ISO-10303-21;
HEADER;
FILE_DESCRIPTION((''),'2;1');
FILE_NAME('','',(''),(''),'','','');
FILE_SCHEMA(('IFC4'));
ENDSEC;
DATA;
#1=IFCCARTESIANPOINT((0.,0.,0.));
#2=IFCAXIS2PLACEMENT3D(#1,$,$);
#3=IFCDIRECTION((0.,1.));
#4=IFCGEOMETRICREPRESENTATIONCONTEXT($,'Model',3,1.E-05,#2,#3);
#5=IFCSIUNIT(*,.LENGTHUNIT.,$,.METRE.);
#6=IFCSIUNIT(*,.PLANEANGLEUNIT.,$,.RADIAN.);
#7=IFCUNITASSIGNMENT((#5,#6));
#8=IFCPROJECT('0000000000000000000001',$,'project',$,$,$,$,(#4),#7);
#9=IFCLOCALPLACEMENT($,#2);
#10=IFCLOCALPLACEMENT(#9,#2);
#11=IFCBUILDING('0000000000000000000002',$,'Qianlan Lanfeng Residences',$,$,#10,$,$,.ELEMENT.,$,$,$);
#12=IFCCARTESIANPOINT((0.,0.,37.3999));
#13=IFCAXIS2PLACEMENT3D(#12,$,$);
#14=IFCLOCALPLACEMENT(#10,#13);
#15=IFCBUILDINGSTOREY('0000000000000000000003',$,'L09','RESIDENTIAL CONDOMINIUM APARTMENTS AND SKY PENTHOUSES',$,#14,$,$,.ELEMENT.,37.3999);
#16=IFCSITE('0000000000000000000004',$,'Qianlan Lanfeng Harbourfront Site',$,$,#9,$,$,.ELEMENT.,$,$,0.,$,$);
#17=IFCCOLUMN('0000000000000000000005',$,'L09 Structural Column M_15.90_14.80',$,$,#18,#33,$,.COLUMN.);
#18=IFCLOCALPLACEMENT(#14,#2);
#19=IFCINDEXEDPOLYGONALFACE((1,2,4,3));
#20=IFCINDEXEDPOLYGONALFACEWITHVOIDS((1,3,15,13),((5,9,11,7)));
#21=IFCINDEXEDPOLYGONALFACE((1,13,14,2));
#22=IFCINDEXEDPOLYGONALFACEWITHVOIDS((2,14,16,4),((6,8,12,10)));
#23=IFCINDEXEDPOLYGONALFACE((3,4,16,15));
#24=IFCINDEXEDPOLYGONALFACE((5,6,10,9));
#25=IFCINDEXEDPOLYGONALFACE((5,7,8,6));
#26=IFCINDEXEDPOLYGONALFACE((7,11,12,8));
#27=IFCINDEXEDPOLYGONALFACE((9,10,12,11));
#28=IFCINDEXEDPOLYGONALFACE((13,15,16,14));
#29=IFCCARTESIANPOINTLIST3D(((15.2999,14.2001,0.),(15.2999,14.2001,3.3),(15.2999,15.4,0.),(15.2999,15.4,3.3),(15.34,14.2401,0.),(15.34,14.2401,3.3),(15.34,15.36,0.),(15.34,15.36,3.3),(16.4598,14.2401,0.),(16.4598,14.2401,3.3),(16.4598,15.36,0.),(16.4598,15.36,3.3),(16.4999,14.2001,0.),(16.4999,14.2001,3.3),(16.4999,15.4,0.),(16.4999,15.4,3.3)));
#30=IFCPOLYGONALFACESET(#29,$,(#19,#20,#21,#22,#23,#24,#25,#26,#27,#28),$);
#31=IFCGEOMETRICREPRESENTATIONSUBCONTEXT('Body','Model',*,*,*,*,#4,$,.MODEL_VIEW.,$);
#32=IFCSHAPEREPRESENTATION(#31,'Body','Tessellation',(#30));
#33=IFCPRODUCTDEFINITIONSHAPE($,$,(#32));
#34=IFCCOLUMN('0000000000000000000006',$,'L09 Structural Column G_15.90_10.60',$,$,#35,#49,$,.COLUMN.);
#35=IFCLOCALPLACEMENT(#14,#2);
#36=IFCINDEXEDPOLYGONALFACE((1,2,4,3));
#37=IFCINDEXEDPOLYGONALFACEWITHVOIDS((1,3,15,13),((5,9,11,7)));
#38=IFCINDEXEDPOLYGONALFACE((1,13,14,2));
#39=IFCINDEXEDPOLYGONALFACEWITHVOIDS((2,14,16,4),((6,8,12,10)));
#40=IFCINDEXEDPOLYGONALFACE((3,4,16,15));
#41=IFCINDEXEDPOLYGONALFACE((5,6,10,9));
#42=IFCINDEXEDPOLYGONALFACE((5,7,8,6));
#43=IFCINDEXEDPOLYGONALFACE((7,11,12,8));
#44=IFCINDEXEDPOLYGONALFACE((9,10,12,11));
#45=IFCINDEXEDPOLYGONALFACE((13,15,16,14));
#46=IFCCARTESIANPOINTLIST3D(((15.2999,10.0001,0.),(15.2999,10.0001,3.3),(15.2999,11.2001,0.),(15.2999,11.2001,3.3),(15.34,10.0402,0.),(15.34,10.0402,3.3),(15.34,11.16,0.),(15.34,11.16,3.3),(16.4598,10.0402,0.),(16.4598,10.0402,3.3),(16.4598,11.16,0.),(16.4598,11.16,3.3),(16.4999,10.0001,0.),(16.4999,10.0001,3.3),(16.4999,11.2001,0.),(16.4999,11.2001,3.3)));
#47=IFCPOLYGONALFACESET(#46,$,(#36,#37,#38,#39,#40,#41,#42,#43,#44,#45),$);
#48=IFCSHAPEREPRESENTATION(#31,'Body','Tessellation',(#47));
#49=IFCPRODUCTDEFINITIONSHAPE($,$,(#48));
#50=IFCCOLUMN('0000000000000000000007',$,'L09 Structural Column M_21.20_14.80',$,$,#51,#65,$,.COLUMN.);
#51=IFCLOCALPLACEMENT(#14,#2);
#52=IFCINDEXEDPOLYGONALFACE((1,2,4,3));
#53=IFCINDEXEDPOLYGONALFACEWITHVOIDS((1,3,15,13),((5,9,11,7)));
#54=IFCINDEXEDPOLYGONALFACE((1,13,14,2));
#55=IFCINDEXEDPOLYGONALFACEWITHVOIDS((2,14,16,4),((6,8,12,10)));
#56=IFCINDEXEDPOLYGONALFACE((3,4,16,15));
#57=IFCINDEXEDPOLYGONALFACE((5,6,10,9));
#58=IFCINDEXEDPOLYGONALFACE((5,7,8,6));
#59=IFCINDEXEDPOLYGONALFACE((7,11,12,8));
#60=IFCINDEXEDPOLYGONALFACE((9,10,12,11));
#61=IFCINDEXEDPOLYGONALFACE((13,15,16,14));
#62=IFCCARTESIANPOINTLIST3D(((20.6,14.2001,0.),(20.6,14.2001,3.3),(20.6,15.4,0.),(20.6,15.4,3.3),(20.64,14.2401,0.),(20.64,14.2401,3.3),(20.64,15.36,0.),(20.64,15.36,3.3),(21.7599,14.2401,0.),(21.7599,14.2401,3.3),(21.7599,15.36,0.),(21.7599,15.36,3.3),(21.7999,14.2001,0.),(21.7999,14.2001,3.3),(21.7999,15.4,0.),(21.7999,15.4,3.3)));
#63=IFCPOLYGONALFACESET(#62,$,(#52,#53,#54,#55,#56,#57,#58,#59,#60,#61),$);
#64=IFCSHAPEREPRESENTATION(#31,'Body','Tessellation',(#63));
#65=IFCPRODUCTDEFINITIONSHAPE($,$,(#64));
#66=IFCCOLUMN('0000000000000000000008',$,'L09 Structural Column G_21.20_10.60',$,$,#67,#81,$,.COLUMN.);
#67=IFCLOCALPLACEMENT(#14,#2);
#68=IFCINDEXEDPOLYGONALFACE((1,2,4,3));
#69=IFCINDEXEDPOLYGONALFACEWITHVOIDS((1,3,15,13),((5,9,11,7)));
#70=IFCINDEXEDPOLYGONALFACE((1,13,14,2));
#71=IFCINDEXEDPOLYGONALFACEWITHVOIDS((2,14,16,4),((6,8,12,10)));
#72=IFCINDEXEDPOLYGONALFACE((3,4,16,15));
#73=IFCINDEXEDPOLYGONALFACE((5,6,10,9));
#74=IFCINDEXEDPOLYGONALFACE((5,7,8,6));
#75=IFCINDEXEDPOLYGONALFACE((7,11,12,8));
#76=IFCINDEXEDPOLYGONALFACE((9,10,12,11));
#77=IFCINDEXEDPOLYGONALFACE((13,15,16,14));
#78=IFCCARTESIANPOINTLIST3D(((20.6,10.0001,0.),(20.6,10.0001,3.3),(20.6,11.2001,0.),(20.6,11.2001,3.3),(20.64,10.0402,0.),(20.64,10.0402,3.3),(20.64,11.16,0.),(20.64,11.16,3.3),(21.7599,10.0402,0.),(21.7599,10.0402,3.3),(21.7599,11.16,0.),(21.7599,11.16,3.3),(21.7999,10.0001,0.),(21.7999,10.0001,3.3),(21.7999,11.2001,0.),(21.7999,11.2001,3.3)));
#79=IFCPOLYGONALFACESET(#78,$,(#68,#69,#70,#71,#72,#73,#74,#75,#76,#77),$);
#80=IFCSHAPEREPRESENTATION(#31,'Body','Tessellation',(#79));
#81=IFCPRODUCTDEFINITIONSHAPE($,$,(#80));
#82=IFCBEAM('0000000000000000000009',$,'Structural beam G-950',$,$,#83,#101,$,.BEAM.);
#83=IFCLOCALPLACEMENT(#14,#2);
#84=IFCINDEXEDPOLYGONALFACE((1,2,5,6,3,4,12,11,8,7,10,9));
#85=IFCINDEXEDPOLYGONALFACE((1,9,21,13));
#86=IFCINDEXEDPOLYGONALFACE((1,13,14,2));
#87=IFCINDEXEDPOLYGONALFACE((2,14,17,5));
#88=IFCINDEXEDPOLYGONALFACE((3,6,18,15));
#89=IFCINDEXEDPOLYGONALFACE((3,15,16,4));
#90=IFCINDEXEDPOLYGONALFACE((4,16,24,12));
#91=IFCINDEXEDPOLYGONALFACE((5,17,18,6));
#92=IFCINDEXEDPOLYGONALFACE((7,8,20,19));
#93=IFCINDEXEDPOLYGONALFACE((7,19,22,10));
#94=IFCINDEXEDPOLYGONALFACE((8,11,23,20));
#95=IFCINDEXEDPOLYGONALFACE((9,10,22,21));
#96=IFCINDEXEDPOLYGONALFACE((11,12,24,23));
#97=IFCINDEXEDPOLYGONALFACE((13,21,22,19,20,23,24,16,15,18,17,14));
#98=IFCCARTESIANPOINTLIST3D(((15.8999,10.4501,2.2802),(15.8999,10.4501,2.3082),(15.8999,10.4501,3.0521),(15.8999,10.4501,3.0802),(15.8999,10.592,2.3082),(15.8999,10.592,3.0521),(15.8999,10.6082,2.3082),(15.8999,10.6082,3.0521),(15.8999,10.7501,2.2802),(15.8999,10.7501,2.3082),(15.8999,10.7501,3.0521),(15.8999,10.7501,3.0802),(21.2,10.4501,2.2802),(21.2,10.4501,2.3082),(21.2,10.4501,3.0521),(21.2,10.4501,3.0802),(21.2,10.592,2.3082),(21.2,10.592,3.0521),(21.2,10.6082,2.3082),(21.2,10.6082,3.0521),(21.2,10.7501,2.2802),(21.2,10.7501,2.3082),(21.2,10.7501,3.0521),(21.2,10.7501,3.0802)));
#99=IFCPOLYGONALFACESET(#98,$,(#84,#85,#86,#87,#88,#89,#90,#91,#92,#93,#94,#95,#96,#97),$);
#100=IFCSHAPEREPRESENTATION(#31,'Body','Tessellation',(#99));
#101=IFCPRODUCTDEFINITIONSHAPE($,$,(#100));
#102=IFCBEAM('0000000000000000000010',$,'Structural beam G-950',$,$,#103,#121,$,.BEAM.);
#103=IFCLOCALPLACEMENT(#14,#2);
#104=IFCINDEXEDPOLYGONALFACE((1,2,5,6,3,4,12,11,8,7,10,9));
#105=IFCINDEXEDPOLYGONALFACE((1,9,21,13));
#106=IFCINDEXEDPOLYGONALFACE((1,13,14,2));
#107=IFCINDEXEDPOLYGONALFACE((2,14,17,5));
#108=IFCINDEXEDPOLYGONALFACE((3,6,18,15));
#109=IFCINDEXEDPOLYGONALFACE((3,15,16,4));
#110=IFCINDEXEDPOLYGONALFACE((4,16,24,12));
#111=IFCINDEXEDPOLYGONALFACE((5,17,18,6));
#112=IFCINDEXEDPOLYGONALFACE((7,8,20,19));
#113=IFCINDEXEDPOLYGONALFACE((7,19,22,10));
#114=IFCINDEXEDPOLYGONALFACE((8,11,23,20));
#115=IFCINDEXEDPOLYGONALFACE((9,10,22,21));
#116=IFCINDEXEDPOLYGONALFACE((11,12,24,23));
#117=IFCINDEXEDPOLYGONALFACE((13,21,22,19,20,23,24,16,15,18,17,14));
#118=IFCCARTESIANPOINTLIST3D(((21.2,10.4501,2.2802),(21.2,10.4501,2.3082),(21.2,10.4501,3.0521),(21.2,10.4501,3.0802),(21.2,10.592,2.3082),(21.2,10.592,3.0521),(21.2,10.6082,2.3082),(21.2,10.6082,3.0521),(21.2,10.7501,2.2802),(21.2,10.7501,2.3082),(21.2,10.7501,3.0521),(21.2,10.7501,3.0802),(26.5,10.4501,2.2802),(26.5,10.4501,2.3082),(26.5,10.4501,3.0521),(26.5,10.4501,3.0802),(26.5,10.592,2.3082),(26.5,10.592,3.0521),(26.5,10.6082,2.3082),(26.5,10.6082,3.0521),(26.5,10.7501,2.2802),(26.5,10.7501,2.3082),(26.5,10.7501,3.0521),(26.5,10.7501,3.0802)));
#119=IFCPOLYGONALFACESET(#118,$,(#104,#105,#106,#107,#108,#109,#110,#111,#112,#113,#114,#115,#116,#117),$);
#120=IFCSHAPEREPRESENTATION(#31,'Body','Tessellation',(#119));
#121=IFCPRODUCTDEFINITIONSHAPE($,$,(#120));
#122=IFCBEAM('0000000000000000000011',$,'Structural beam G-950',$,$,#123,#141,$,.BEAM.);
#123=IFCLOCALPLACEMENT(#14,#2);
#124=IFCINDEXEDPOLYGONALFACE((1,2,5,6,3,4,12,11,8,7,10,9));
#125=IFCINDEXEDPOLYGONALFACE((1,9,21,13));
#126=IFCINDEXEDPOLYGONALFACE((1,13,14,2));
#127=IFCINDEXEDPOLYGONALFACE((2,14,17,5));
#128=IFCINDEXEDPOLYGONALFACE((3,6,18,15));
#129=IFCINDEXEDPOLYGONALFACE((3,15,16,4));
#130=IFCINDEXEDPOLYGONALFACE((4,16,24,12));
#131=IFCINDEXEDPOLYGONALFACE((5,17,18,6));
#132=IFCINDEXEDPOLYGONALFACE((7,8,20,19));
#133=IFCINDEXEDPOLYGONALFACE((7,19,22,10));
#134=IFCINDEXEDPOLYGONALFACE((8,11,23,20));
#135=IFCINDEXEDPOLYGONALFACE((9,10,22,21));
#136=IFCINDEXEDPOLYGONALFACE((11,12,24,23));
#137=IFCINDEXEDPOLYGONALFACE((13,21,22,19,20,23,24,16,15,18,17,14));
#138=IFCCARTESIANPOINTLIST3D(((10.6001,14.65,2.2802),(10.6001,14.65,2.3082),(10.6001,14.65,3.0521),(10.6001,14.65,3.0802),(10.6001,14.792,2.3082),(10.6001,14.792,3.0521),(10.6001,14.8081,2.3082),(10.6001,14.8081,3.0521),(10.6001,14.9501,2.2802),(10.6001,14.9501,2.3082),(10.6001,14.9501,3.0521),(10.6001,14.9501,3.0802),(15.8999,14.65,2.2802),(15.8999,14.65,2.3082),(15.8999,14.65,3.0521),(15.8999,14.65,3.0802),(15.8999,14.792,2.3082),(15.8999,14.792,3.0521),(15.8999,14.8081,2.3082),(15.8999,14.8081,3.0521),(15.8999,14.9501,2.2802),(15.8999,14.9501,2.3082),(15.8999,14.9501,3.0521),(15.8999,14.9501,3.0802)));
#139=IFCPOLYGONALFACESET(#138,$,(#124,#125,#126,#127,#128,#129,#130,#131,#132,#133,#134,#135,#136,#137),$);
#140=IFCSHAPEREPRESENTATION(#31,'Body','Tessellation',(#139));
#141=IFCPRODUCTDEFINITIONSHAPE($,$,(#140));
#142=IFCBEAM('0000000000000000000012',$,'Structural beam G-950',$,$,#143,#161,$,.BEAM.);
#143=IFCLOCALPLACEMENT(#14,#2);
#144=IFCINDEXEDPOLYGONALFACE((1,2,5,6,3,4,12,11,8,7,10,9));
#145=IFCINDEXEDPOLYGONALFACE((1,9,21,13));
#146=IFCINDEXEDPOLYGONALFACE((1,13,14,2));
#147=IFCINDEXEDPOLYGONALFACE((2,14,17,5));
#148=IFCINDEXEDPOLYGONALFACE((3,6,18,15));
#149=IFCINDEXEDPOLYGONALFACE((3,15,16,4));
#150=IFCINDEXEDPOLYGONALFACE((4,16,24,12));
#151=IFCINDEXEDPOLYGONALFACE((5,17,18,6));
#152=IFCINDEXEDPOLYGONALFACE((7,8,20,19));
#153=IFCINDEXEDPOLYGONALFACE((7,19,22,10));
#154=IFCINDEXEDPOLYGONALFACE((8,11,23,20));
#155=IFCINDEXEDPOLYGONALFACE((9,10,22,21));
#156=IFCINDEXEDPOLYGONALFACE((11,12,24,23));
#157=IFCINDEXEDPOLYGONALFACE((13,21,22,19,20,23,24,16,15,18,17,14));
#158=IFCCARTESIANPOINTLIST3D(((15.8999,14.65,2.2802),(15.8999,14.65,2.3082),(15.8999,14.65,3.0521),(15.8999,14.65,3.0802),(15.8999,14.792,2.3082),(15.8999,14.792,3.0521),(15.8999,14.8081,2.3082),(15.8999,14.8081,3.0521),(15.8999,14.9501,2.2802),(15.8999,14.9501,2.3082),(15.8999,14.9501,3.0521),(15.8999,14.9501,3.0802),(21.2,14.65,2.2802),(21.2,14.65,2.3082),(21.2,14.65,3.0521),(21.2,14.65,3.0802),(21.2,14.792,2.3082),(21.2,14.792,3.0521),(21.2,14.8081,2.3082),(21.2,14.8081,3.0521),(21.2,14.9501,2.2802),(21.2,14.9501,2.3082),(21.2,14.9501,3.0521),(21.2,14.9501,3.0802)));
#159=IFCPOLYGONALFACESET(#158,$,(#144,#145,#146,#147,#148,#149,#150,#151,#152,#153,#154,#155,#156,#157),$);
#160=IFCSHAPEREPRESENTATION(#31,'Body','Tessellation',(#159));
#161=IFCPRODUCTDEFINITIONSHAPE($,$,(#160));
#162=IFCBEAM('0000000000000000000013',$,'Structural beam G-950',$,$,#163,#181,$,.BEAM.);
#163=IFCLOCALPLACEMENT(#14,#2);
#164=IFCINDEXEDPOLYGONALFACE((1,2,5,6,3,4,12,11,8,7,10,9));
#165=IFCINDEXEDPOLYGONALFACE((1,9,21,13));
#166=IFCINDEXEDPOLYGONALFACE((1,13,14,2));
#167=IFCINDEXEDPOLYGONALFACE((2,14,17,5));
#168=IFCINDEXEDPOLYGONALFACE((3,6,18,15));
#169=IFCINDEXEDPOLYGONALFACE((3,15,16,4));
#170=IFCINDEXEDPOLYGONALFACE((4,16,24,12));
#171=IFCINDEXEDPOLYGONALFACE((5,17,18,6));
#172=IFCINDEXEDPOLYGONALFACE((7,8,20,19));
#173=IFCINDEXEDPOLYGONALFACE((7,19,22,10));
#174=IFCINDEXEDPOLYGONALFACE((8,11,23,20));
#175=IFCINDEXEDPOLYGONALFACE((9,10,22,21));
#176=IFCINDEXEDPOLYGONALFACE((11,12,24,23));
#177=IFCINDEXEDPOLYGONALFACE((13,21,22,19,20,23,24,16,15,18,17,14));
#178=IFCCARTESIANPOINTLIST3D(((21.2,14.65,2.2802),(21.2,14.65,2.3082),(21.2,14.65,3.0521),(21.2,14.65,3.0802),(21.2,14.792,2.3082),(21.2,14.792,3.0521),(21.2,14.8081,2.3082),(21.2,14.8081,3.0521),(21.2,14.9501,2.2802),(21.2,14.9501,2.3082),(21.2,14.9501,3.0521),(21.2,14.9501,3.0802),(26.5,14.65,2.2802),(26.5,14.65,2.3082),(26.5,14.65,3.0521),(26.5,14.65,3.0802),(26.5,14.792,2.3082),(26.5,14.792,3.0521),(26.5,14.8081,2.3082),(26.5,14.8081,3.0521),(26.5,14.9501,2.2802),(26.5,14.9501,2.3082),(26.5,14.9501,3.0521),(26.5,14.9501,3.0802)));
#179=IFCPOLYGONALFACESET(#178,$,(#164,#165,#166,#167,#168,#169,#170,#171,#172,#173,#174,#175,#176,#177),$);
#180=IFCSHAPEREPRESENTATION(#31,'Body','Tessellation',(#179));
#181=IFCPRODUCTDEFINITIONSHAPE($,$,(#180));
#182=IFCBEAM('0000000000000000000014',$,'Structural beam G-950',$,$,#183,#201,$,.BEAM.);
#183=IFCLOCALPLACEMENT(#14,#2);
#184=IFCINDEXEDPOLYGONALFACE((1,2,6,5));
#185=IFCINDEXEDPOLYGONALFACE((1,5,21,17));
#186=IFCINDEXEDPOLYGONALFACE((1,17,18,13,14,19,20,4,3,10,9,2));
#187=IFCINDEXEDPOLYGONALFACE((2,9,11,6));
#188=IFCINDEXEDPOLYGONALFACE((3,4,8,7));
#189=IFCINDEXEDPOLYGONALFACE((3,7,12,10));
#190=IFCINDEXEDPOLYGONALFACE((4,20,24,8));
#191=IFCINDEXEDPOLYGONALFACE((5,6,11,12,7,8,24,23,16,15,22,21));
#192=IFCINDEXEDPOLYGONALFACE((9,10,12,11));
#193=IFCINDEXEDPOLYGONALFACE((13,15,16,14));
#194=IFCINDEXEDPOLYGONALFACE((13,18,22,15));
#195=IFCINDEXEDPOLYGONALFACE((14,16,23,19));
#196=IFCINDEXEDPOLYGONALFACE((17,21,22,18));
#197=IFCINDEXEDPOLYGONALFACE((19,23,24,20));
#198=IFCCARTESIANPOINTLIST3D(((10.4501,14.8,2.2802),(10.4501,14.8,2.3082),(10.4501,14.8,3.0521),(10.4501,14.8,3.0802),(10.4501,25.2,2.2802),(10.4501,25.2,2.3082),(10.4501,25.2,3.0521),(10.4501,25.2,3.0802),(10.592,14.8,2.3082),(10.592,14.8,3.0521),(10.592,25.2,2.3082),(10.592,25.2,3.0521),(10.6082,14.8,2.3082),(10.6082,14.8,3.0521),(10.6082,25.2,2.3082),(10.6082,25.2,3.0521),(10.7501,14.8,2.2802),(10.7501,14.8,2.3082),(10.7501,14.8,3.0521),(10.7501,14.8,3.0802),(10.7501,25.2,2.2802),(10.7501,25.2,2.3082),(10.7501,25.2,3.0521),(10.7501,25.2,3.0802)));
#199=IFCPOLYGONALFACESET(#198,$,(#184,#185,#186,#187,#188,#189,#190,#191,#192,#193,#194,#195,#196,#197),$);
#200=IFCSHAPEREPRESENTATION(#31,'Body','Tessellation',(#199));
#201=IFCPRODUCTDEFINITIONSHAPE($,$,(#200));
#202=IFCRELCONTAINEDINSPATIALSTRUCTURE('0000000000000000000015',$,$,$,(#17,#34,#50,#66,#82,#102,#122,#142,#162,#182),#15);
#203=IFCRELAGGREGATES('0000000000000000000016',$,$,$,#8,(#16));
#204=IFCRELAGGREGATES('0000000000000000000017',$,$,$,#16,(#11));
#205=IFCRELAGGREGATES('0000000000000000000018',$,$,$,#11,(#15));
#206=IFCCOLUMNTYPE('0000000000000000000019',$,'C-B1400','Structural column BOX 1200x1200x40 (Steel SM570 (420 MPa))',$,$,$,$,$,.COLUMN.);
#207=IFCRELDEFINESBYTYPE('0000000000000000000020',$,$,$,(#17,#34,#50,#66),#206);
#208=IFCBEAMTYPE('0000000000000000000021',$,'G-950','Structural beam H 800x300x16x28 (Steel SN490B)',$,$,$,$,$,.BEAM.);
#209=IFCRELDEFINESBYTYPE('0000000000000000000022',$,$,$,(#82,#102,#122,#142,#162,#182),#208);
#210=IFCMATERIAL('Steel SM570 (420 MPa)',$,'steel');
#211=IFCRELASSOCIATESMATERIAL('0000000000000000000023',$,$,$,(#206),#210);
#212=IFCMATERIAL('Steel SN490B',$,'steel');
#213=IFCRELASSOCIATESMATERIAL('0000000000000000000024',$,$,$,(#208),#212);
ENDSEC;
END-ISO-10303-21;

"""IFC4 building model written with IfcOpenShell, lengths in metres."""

from ifc_helpers import new_model, si_unit, direction, frame, origin, origin_2d, place, context, subcontext, project, spatial, hollow_rectangle, i_section, extrude, material, material_profile, profile_set, type_object, element, save


model = new_model("IFC4")

# Units and contexts
model_context = context("Model", 3, precision=1e-05, world=origin(), true_north=direction((0.0, 1.0)))
body_context = subcontext(model_context, "Body", "Model", "MODEL_VIEW")
ifc_project = project(units=[si_unit("LENGTHUNIT", "METRE"), si_unit("PLANEANGLEUNIT", "RADIAN")], contexts=[model_context])

# Site, building, storey
site_placement = place(None, origin())
site = spatial("IfcSite", under=ifc_project, at=site_placement, Name="Qianlan Lanfeng Harbourfront Site", CompositionType="ELEMENT", RefElevation=0.0)
building_placement = place(site_placement, origin())
building = spatial("IfcBuilding", under=site, at=building_placement, Name="Qianlan Lanfeng Residences", CompositionType="ELEMENT")
storey_placement = place(building_placement, frame((0.0, 0.0, 37.3999)))
storey = spatial("IfcBuildingStorey", under=building, at=storey_placement, Name="L09", Description="RESIDENTIAL CONDOMINIUM APARTMENTS AND SKY PENTHOUSES", CompositionType="ELEMENT", Elevation=37.3999)

# Columns
ifc_material_1 = material(Name="Steel SM570 (420 MPa)", Category="steel")
ifc_material_profile_1 = material_profile(ifc_material_1, hollow_rectangle(XDim=1.2, YDim=1.2, WallThickness=0.04, at=origin_2d()), Name="BOX 1200x1200x40")
ifc_profile_set_1 = profile_set([ifc_material_profile_1], Name="Steel SM570 (420 MPa)")
column_type = type_object("IfcColumnType", Name="C-B1400", Description="Structural column BOX 1200x1200x40 (Steel SM570 (420 MPa))", PredefinedType="COLUMN", material=ifc_profile_set_1)
for number, where, z_axis, x_axis, name in (
    (1, (15.8999, 14.8, 0.0), (0.0, 0.0, 1.0), (1.0, 0.0, 0.0), "L09 Structural Column M_15.90_14.80"),
    (2, (15.8999, 10.6001, 0.0), (0.0, 0.0, 1.0), (1.0, 0.0, 0.0), "L09 Structural Column G_15.90_10.60"),
    (3, (21.2, 14.8, 0.0), (0.0, 0.0, 1.0), (1.0, 0.0, 0.0), "L09 Structural Column M_21.20_14.80"),
    (4, (21.2, 10.6001, 0.0), (0.0, 0.0, 1.0), (1.0, 0.0, 0.0), "L09 Structural Column G_21.20_10.60"),
):
    element("IfcColumn", number, at=place(storey_placement, frame(where, z_axis=z_axis, x_axis=x_axis)), inside=storey, type_object=column_type, Name=name, PredefinedType="COLUMN", context=body_context, shape_type="SweptSolid", body=[
        extrude(hollow_rectangle(XDim=1.2, YDim=1.2, WallThickness=0.04, at=origin_2d()), origin(), (0.0, 0.0, 1.0), 3.3),
    ])

# Beams
ifc_material_2 = material(Name="Steel SN490B", Category="steel")
ifc_material_profile_2 = material_profile(ifc_material_2, i_section(OverallWidth=0.3, OverallDepth=0.8, WebThickness=0.0161, FlangeThickness=0.0281, at=origin_2d()), Name="H 800x300x16x28")
ifc_profile_set_2 = profile_set([ifc_material_profile_2], Name="Steel SN490B")
beam_type_1 = type_object("IfcBeamType", Name="G-950", Description="Structural beam H 800x300x16x28 (Steel SN490B)", PredefinedType="BEAM", material=ifc_profile_set_2)
for number, where, z_axis, x_axis, name in (
    (5, (15.8999, 10.6001, 2.6802), (1.0, 0.0, 0.0), (0.0, 1.0, 0.0), "Structural beam G-950"),
    (6, (21.2, 10.6001, 2.6802), (1.0, 0.0, 0.0), (0.0, 1.0, 0.0), "Structural beam G-950"),
):
    element("IfcBeam", number, at=place(storey_placement, frame(where, z_axis=z_axis, x_axis=x_axis)), inside=storey, type_object=beam_type_1, Name=name, PredefinedType="BEAM", context=body_context, shape_type="SweptSolid", body=[
        extrude(i_section(OverallWidth=0.3, OverallDepth=0.8, WebThickness=0.0161, FlangeThickness=0.0281, at=origin_2d()), origin(), (0.0, 0.0, 1.0), 5.3),
    ])
beam_1_placement = place(storey_placement, frame((10.6001, 14.8, 2.6802), z_axis=(1.0, 0.0, 0.0), x_axis=(0.0, 1.0, 0.0)))
element("IfcBeam", 7, at=beam_1_placement, inside=storey, type_object=beam_type_1, Name="Structural beam G-950", PredefinedType="BEAM", context=body_context, shape_type="SweptSolid", body=[
    extrude(i_section(OverallWidth=0.3, OverallDepth=0.8, WebThickness=0.0161, FlangeThickness=0.0281, at=origin_2d()), origin(), (0.0, 0.0, 1.0), 5.2998),
])
for number, where, z_axis, x_axis, name in (
    (8, (15.8999, 14.8, 2.6802), (1.0, 0.0, 0.0), (0.0, 1.0, 0.0), "Structural beam G-950"),
    (9, (21.2, 14.8, 2.6802), (1.0, 0.0, 0.0), (0.0, 1.0, 0.0), "Structural beam G-950"),
):
    element("IfcBeam", number, at=place(storey_placement, frame(where, z_axis=z_axis, x_axis=x_axis)), inside=storey, type_object=beam_type_1, Name=name, PredefinedType="BEAM", context=body_context, shape_type="SweptSolid", body=[
        extrude(i_section(OverallWidth=0.3, OverallDepth=0.8, WebThickness=0.0161, FlangeThickness=0.0281, at=origin_2d()), origin(), (0.0, 0.0, 1.0), 5.3),
    ])
beam_2_placement = place(storey_placement, frame((10.6001, 14.8, 2.6802), z_axis=(0.0, 1.0, 0.0), x_axis=(-1.0, 0.0, 0.0)))
element("IfcBeam", 10, at=beam_2_placement, inside=storey, type_object=beam_type_1, Name="Structural beam G-950", PredefinedType="BEAM", context=body_context, shape_type="SweptSolid", body=[
    extrude(i_section(OverallWidth=0.3, OverallDepth=0.8, WebThickness=0.0161, FlangeThickness=0.0281, at=origin_2d()), origin(), (0.0, 0.0, 1.0), 10.3999),
])

save(model, "model.ifc")
